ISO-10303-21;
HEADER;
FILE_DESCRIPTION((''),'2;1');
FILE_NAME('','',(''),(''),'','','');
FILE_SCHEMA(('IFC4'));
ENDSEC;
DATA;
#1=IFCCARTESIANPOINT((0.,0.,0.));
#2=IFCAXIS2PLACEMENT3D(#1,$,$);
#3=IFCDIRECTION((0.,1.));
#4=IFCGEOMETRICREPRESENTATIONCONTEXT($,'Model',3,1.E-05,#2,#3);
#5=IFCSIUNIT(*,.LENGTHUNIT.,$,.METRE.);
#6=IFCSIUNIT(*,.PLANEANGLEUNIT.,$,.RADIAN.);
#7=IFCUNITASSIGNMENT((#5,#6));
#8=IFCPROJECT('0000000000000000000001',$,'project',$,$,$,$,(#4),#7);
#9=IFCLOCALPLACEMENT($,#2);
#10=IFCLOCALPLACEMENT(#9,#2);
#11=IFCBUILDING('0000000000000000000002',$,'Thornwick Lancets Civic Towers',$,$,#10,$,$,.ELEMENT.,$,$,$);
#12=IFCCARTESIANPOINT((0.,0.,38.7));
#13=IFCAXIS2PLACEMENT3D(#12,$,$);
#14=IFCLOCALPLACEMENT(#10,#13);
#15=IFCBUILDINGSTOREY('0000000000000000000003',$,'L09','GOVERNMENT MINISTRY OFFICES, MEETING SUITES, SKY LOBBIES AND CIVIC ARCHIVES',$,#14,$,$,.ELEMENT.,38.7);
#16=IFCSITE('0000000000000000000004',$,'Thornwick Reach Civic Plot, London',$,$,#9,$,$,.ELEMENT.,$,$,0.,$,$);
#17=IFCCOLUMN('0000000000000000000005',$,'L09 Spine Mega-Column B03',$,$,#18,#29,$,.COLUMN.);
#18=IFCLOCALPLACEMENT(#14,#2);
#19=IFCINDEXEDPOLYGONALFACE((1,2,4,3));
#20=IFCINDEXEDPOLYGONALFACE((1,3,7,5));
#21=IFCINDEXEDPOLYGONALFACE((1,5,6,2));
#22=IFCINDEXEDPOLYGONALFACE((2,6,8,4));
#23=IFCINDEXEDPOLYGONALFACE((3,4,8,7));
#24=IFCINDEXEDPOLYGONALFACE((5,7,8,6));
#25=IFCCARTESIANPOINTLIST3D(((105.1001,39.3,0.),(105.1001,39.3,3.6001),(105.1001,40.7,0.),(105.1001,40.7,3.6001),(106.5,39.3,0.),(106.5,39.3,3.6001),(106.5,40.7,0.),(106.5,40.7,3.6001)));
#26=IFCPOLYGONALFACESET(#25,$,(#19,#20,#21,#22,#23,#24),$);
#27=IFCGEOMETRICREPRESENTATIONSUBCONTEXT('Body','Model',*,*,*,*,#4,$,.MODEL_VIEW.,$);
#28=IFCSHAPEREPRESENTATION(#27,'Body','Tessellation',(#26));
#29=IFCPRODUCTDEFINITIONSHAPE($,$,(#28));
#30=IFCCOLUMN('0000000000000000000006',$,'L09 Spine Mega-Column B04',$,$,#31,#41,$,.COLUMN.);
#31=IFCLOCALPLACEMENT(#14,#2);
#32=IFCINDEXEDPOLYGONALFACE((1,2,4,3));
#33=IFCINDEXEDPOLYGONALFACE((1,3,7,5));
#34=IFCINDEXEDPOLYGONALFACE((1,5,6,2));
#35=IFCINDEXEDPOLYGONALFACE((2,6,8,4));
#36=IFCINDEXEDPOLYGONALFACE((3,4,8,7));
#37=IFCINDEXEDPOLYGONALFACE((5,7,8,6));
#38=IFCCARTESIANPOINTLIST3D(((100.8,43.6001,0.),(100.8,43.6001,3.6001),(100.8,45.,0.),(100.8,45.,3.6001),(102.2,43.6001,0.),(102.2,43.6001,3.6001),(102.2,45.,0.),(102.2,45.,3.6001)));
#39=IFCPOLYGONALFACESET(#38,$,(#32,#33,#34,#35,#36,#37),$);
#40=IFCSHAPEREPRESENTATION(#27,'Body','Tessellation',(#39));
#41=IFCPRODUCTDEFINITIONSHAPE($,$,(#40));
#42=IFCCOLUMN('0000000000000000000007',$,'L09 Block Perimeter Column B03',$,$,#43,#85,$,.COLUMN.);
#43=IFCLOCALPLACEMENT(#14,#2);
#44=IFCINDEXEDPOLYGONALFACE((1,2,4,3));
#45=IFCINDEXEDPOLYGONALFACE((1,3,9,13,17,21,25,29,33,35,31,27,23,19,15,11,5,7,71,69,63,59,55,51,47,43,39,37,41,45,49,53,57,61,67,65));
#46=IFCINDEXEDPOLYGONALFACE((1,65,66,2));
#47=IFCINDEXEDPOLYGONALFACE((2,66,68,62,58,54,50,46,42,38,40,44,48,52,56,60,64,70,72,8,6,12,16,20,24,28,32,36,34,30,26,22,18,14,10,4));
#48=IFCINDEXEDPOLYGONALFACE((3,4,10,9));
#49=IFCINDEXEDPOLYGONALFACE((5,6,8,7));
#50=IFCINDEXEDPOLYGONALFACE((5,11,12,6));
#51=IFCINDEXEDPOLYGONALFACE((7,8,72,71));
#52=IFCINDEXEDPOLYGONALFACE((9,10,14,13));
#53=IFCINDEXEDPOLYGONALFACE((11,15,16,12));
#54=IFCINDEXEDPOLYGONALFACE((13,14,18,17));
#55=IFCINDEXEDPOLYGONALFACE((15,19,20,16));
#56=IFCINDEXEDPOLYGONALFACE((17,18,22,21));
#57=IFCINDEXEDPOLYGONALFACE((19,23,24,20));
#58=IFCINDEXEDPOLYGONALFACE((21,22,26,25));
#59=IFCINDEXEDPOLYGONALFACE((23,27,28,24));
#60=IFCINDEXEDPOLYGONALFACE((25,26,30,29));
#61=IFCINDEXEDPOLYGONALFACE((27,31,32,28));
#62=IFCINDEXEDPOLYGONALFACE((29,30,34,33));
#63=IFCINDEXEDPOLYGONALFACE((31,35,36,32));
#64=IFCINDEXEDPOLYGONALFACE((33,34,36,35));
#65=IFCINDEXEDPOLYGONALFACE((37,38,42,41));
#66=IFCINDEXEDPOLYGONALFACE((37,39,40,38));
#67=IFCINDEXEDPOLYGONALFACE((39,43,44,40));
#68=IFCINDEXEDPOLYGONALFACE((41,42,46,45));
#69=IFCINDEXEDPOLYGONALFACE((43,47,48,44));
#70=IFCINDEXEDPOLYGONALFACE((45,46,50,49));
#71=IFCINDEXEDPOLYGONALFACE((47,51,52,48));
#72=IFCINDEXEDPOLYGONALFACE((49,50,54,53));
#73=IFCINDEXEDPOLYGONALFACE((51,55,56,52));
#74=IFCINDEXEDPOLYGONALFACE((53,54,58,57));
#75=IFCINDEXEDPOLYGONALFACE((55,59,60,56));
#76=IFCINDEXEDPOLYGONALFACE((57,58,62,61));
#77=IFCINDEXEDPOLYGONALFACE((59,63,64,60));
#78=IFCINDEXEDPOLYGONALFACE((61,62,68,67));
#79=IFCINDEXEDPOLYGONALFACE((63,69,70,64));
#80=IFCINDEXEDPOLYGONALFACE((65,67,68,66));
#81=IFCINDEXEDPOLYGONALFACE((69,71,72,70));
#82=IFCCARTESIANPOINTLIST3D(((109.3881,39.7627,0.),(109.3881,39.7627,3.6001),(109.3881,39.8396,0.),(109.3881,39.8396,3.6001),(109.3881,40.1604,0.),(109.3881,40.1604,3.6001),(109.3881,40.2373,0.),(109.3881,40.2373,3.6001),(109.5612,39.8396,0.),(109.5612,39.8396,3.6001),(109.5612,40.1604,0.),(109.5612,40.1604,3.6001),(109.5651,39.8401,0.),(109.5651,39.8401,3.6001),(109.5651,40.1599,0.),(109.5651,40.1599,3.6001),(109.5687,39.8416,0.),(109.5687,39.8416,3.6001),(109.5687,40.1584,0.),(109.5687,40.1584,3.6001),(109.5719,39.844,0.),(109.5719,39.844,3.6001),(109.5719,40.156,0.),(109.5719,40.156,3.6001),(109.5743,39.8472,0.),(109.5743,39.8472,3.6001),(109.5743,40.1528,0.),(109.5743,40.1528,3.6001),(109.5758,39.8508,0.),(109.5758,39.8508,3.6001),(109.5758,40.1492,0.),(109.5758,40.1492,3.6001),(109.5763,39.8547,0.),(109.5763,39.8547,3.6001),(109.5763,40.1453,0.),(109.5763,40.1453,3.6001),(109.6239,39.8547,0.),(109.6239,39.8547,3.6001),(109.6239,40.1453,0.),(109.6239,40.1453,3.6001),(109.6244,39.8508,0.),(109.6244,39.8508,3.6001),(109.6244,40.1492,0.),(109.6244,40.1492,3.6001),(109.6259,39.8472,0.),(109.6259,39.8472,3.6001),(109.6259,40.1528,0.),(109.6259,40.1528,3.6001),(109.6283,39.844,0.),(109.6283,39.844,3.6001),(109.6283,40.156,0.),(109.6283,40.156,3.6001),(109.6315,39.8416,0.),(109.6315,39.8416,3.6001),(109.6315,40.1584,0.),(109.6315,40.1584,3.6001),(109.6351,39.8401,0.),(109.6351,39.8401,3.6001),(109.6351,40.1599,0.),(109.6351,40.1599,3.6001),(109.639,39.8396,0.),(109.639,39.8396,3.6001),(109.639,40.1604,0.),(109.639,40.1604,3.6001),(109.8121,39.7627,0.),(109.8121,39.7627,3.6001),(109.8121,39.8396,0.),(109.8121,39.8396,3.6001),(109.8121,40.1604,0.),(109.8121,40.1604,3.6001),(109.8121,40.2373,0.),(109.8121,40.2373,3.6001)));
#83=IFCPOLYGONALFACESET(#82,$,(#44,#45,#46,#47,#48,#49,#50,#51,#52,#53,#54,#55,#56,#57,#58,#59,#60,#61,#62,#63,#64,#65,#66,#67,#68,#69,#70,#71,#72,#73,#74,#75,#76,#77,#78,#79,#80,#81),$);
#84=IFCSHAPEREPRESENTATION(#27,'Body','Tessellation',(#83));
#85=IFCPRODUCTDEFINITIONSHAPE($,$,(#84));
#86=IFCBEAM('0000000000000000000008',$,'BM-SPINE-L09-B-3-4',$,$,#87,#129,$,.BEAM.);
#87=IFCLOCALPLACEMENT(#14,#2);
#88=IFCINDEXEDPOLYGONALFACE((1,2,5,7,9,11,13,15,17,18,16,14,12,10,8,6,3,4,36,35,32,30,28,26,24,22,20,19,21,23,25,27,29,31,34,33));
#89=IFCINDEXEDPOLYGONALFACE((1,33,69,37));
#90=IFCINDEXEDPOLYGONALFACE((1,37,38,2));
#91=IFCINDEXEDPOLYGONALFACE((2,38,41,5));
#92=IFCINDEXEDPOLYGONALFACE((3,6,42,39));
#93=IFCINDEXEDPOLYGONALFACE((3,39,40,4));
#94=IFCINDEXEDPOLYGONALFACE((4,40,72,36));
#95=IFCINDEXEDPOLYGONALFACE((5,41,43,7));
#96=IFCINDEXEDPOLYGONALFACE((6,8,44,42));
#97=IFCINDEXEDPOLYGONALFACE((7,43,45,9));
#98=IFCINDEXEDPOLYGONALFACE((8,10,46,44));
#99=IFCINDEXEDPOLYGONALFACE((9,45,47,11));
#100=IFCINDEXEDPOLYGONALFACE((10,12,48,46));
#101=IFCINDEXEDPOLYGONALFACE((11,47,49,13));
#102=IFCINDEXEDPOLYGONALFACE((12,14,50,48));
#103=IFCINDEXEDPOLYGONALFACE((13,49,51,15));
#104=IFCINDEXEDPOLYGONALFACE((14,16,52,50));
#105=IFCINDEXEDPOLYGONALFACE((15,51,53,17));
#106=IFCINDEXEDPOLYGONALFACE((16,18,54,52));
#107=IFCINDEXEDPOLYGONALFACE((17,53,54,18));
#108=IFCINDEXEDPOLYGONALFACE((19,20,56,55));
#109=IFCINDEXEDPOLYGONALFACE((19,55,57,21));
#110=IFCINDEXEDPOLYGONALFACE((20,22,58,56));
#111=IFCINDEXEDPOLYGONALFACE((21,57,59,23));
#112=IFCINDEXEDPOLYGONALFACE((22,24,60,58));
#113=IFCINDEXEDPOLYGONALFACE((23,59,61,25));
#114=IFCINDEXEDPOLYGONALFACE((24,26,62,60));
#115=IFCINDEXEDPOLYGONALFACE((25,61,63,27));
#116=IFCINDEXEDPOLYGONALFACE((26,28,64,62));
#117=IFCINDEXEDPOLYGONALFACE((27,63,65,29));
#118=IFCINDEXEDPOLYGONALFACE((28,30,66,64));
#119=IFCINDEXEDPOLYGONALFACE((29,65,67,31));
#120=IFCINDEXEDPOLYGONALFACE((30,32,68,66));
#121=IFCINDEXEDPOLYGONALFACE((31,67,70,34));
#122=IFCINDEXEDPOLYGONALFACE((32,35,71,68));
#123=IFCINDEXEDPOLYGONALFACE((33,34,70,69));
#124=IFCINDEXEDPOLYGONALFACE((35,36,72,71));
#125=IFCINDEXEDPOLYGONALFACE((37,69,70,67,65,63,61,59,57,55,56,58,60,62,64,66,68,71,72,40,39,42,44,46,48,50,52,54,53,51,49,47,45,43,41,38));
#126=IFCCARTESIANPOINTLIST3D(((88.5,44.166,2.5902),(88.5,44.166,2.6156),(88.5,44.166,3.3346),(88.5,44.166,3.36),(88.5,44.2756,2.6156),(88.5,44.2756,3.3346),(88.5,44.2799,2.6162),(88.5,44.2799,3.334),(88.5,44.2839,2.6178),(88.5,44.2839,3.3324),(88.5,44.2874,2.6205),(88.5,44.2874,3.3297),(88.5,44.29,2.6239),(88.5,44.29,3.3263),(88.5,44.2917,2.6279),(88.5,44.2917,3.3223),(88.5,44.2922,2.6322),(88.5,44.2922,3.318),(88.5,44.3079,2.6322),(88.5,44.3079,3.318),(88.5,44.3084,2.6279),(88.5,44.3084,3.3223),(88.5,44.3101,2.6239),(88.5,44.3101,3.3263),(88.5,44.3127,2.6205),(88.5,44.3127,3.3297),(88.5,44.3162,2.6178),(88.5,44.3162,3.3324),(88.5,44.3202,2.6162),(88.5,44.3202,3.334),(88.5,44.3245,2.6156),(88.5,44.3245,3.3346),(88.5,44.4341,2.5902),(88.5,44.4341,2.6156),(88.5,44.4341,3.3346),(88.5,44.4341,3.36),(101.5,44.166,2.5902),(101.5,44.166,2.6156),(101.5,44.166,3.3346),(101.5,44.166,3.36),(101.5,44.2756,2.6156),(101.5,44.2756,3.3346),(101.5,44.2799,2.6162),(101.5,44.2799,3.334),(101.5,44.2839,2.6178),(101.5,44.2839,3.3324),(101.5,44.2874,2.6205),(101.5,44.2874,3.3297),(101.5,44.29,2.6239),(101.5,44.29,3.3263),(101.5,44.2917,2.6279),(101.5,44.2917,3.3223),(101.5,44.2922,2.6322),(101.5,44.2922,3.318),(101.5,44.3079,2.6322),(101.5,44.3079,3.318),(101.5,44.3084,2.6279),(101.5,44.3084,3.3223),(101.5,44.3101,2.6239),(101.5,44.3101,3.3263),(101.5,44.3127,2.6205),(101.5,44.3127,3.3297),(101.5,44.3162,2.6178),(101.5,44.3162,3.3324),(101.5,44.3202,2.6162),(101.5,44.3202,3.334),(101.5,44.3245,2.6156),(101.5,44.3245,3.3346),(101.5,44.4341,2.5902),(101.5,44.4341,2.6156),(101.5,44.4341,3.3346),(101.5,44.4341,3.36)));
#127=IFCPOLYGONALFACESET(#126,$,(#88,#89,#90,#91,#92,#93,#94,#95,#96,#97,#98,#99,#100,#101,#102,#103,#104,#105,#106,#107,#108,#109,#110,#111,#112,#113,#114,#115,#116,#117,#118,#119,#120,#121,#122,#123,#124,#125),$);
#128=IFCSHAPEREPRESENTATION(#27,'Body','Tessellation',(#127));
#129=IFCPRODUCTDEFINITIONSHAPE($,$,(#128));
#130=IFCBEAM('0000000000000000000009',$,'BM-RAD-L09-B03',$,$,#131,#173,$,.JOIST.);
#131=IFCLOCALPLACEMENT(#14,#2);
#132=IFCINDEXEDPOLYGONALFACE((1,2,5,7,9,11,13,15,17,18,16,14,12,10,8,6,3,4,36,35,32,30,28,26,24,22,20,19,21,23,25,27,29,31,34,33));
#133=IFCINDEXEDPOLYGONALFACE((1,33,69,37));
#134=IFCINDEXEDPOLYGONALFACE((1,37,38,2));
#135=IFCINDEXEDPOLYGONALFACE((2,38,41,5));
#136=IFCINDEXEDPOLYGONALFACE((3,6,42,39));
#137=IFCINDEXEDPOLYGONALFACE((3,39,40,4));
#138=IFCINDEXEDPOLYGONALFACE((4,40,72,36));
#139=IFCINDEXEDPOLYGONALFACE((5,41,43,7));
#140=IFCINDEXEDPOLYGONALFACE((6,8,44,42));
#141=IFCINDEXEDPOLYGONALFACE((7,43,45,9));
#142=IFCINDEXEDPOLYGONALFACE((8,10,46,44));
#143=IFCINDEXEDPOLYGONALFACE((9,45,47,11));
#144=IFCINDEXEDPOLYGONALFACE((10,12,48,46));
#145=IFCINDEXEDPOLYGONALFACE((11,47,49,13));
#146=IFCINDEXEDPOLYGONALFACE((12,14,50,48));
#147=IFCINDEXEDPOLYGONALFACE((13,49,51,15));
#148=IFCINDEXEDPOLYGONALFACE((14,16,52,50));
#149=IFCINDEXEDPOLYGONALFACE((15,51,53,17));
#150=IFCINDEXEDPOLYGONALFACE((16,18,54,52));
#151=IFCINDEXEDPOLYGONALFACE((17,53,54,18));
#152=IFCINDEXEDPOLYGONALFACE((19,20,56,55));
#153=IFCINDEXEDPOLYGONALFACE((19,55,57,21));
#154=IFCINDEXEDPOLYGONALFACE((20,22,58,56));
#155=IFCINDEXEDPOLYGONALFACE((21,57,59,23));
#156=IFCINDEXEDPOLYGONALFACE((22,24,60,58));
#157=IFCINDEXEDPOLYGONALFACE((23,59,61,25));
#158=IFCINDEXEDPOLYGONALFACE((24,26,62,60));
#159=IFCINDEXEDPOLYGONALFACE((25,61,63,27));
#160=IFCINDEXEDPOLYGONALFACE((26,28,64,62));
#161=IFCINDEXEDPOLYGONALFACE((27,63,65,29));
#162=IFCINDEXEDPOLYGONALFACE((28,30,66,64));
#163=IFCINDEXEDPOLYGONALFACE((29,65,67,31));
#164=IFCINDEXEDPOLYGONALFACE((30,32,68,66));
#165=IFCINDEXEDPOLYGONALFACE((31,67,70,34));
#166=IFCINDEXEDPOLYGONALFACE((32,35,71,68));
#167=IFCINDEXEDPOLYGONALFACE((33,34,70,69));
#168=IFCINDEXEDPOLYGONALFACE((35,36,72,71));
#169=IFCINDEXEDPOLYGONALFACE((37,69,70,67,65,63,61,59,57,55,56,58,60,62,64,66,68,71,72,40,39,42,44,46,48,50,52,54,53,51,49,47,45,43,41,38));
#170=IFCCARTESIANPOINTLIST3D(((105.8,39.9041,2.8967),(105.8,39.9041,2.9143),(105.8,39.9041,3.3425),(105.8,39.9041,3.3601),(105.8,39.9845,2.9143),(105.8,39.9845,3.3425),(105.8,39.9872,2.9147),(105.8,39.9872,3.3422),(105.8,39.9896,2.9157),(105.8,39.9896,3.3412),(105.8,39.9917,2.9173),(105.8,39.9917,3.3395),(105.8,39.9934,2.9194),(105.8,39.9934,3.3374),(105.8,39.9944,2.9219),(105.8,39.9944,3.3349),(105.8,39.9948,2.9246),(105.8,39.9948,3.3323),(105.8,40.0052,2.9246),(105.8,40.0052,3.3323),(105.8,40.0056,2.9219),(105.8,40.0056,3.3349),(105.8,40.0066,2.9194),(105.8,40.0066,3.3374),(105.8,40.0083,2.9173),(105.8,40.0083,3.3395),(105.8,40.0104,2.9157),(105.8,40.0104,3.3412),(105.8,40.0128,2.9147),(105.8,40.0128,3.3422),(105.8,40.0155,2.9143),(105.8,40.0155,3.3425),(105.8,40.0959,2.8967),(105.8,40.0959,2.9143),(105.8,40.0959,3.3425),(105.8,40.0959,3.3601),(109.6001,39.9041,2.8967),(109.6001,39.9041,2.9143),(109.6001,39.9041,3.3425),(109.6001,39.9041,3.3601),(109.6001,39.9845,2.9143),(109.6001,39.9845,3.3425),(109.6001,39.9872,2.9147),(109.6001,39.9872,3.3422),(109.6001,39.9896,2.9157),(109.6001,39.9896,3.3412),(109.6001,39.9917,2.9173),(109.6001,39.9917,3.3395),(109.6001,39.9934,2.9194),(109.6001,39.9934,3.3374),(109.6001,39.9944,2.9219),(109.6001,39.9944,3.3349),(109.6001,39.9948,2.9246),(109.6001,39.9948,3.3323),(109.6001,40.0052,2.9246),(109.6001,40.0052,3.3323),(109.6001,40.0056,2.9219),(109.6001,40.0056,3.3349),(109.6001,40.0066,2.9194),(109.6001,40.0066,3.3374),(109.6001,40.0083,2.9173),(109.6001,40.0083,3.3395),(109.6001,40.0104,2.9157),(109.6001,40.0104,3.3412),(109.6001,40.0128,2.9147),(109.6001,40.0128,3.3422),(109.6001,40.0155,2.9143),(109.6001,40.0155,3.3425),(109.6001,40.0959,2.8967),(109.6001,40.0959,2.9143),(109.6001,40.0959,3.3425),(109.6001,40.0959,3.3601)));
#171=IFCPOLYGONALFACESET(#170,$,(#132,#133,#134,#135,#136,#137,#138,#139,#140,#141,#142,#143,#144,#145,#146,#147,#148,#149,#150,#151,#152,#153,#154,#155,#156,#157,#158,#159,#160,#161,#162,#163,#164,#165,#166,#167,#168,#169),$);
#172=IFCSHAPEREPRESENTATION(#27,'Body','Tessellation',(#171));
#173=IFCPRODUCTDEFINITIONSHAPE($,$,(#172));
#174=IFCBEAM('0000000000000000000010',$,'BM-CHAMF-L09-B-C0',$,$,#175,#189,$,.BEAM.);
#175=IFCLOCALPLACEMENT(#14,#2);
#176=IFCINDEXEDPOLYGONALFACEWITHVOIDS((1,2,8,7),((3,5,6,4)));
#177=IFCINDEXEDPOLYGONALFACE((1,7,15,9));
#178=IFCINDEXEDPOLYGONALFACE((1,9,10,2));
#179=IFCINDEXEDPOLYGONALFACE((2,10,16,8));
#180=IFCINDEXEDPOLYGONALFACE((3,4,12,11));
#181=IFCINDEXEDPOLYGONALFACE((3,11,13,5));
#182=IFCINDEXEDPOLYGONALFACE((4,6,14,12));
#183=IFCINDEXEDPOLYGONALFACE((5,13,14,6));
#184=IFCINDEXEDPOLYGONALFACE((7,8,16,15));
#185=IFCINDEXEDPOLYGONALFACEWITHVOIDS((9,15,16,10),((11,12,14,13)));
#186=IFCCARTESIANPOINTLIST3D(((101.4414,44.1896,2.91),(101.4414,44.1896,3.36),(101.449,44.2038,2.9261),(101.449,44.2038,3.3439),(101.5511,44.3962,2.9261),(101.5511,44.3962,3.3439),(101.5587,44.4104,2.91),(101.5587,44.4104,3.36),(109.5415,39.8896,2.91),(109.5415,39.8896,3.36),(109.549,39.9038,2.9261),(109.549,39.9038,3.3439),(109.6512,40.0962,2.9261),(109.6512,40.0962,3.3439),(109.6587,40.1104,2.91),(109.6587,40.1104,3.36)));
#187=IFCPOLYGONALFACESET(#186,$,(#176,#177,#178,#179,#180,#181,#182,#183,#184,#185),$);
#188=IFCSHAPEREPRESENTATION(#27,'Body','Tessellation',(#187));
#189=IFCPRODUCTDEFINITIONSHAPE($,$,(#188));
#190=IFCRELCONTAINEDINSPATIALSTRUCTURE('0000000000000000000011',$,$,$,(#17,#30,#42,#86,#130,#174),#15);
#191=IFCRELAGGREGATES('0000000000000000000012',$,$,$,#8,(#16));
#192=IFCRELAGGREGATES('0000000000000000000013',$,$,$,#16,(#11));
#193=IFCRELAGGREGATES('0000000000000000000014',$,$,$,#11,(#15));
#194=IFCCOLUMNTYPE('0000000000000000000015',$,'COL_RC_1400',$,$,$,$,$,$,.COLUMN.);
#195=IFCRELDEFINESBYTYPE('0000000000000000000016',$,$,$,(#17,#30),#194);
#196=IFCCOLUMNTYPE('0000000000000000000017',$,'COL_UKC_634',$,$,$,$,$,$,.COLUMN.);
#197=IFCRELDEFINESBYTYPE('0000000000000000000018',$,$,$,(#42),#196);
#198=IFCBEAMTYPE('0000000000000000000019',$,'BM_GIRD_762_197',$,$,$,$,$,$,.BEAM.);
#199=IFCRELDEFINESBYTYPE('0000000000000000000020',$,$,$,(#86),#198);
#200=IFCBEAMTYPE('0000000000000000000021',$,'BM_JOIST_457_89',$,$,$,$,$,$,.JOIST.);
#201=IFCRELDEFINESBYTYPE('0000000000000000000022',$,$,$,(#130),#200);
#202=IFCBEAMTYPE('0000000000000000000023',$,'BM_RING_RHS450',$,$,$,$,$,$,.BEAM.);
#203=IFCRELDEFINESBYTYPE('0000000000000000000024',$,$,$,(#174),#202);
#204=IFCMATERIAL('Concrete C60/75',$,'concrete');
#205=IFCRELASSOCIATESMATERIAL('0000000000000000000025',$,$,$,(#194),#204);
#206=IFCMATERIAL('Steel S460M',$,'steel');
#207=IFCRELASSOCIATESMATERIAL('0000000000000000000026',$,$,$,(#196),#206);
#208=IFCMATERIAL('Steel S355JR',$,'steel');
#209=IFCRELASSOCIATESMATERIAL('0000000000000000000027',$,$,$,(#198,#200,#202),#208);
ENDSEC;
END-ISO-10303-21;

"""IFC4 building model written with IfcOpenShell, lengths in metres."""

from ifc_helpers import new_model, si_unit, direction, frame, origin, origin_2d, place, context, subcontext, project, spatial, rectangle, hollow_rectangle, i_section, extrude, material, material_profile, profile_set, type_object, element, save


model = new_model("IFC4")

# Units and contexts
model_context = context("Model", 3, precision=1e-05, world=origin(), true_north=direction((0.0, 1.0)))
body_context = subcontext(model_context, "Body", "Model", "MODEL_VIEW")
ifc_project = project(units=[si_unit("LENGTHUNIT", "METRE"), si_unit("PLANEANGLEUNIT", "RADIAN")], contexts=[model_context])

# Site, building, storey
site_placement = place(None, origin())
site = spatial("IfcSite", under=ifc_project, at=site_placement, Name="Thornwick Reach Civic Plot, London", CompositionType="ELEMENT", RefElevation=0.0)
building_placement = place(site_placement, origin())
building = spatial("IfcBuilding", under=site, at=building_placement, Name="Thornwick Lancets Civic Towers", CompositionType="ELEMENT")
storey_placement = place(building_placement, frame((0.0, 0.0, 38.7)))
storey = spatial("IfcBuildingStorey", under=building, at=storey_placement, Name="L09", Description="GOVERNMENT MINISTRY OFFICES, MEETING SUITES, SKY LOBBIES AND CIVIC ARCHIVES", CompositionType="ELEMENT", Elevation=38.7)

# Columns
ifc_material_1 = material(Name="Concrete C60/75", Category="concrete")
ifc_material_profile_1 = material_profile(ifc_material_1, rectangle(XDim=1.3999, YDim=1.3999, at=origin_2d()), Name="RC 1400x1400")
ifc_profile_set_1 = profile_set([ifc_material_profile_1], Name="Concrete C60/75")
column_type_1 = type_object("IfcColumnType", Name="COL_RC_1400", PredefinedType="COLUMN", material=ifc_profile_set_1)
for number, where, z_axis, x_axis, name in (
    (1, (105.8, 40.0, 0.0), (0.0, 0.0, 1.0), (1.0, 0.0, 0.0), "L09 Spine Mega-Column B03"),
    (2, (101.5, 44.3, 0.0), (0.0, 0.0, 1.0), (1.0, 0.0, 0.0), "L09 Spine Mega-Column B04"),
):
    element("IfcColumn", number, at=place(storey_placement, frame(where, z_axis=z_axis, x_axis=x_axis)), inside=storey, type_object=column_type_1, Name=name, PredefinedType="COLUMN", context=body_context, shape_type="SweptSolid", body=[
        extrude(rectangle(XDim=1.3999, YDim=1.3999, at=origin_2d()), origin(), (0.0, 0.0, 1.0), 3.6001),
    ])
ifc_material_2 = material(Name="Steel S460M", Category="steel")
ifc_material_profile_2 = material_profile(ifc_material_2, i_section(OverallWidth=0.4241, OverallDepth=0.4746, WebThickness=0.0476, FlangeThickness=0.0769, FilletRadius=0.0151, at=origin_2d()), Name="UKC 356x406x634")
ifc_profile_set_2 = profile_set([ifc_material_profile_2], Name="Steel S460M")
column_type_2 = type_object("IfcColumnType", Name="COL_UKC_634", PredefinedType="COLUMN", material=ifc_profile_set_2)
column_placement = place(storey_placement, frame((109.6001, 40.0, 0.0), z_axis=(0.0, 0.0, 1.0), x_axis=(1.0, 0.0, 0.0)))
element("IfcColumn", 3, at=column_placement, inside=storey, type_object=column_type_2, Name="L09 Block Perimeter Column B03", PredefinedType="COLUMN", context=body_context, shape_type="SweptSolid", body=[
    extrude(i_section(OverallWidth=0.4241, OverallDepth=0.4746, WebThickness=0.0476, FlangeThickness=0.0769, FilletRadius=0.0151, at=origin_2d()), origin(), (0.0, 0.0, 1.0), 3.6001),
])

# Beams
ifc_material_3 = material(Name="Steel S355JR", Category="steel")
ifc_material_profile_3 = material_profile(ifc_material_3, i_section(OverallWidth=0.2681, OverallDepth=0.7698, WebThickness=0.0156, FlangeThickness=0.0254, FilletRadius=0.0166, at=origin_2d()), Name="UKB 762x267x197")
ifc_profile_set_3 = profile_set([ifc_material_profile_3], Name="Steel S355JR")
beam_type_1 = type_object("IfcBeamType", Name="BM_GIRD_762_197", PredefinedType="BEAM", material=ifc_profile_set_3)
beam_1_placement = place(storey_placement, frame((101.5, 44.3, 2.9751), z_axis=(-1.0, 0.0, 0.0), x_axis=(0.0, -1.0, 0.0)))
element("IfcBeam", 4, at=beam_1_placement, inside=storey, type_object=beam_type_1, Name="BM-SPINE-L09-B-3-4", PredefinedType="BEAM", context=body_context, shape_type="SweptSolid", body=[
    extrude(i_section(OverallWidth=0.2681, OverallDepth=0.7698, WebThickness=0.0156, FlangeThickness=0.0254, FilletRadius=0.0166, at=origin_2d()), origin(), (0.0, 0.0, 1.0), 13.0),
])
ifc_material_profile_4 = material_profile(ifc_material_3, i_section(OverallWidth=0.1919, OverallDepth=0.4634, WebThickness=0.0105, FlangeThickness=0.0176, FilletRadius=0.0103, at=origin_2d()), Name="UKB 457x191x89")
ifc_profile_set_4 = profile_set([ifc_material_profile_4], Name="Steel S355JR")
beam_type_2 = type_object("IfcBeamType", Name="BM_JOIST_457_89", PredefinedType="JOIST", material=ifc_profile_set_4)
beam_2_placement = place(storey_placement, frame((105.8, 40.0, 3.1284), z_axis=(1.0, 0.0, 0.0), x_axis=(0.0, 1.0, 0.0)))
element("IfcBeam", 5, at=beam_2_placement, inside=storey, type_object=beam_type_2, Name="BM-RAD-L09-B03", PredefinedType="JOIST", context=body_context, shape_type="SweptSolid", body=[
    extrude(i_section(OverallWidth=0.1919, OverallDepth=0.4634, WebThickness=0.0105, FlangeThickness=0.0176, FilletRadius=0.0103, at=origin_2d()), origin(), (0.0, 0.0, 1.0), 3.8),
])
ifc_material_profile_5 = material_profile(ifc_material_3, hollow_rectangle(XDim=0.25, YDim=0.45, WallThickness=0.0161, at=origin_2d()), Name="RHS 450x250x16")
ifc_profile_set_5 = profile_set([ifc_material_profile_5], Name="Steel S355JR")
beam_type_3 = type_object("IfcBeamType", Name="BM_RING_RHS450", PredefinedType="BEAM", material=ifc_profile_set_5)
beam_3_placement = place(storey_placement, frame((109.6001, 40.0, 3.135), z_axis=(-0.883257, 0.468889, 0.0), x_axis=(-0.468889, -0.883257, 0.0)))
element("IfcBeam", 6, at=beam_3_placement, inside=storey, type_object=beam_type_3, Name="BM-CHAMF-L09-B-C0", PredefinedType="BEAM", context=body_context, shape_type="SweptSolid", body=[
    extrude(hollow_rectangle(XDim=0.25, YDim=0.45, WallThickness=0.0161, at=origin_2d()), origin(), (0.0, 0.0, 1.0), 9.1707),
])

save(model, "model.ifc")
